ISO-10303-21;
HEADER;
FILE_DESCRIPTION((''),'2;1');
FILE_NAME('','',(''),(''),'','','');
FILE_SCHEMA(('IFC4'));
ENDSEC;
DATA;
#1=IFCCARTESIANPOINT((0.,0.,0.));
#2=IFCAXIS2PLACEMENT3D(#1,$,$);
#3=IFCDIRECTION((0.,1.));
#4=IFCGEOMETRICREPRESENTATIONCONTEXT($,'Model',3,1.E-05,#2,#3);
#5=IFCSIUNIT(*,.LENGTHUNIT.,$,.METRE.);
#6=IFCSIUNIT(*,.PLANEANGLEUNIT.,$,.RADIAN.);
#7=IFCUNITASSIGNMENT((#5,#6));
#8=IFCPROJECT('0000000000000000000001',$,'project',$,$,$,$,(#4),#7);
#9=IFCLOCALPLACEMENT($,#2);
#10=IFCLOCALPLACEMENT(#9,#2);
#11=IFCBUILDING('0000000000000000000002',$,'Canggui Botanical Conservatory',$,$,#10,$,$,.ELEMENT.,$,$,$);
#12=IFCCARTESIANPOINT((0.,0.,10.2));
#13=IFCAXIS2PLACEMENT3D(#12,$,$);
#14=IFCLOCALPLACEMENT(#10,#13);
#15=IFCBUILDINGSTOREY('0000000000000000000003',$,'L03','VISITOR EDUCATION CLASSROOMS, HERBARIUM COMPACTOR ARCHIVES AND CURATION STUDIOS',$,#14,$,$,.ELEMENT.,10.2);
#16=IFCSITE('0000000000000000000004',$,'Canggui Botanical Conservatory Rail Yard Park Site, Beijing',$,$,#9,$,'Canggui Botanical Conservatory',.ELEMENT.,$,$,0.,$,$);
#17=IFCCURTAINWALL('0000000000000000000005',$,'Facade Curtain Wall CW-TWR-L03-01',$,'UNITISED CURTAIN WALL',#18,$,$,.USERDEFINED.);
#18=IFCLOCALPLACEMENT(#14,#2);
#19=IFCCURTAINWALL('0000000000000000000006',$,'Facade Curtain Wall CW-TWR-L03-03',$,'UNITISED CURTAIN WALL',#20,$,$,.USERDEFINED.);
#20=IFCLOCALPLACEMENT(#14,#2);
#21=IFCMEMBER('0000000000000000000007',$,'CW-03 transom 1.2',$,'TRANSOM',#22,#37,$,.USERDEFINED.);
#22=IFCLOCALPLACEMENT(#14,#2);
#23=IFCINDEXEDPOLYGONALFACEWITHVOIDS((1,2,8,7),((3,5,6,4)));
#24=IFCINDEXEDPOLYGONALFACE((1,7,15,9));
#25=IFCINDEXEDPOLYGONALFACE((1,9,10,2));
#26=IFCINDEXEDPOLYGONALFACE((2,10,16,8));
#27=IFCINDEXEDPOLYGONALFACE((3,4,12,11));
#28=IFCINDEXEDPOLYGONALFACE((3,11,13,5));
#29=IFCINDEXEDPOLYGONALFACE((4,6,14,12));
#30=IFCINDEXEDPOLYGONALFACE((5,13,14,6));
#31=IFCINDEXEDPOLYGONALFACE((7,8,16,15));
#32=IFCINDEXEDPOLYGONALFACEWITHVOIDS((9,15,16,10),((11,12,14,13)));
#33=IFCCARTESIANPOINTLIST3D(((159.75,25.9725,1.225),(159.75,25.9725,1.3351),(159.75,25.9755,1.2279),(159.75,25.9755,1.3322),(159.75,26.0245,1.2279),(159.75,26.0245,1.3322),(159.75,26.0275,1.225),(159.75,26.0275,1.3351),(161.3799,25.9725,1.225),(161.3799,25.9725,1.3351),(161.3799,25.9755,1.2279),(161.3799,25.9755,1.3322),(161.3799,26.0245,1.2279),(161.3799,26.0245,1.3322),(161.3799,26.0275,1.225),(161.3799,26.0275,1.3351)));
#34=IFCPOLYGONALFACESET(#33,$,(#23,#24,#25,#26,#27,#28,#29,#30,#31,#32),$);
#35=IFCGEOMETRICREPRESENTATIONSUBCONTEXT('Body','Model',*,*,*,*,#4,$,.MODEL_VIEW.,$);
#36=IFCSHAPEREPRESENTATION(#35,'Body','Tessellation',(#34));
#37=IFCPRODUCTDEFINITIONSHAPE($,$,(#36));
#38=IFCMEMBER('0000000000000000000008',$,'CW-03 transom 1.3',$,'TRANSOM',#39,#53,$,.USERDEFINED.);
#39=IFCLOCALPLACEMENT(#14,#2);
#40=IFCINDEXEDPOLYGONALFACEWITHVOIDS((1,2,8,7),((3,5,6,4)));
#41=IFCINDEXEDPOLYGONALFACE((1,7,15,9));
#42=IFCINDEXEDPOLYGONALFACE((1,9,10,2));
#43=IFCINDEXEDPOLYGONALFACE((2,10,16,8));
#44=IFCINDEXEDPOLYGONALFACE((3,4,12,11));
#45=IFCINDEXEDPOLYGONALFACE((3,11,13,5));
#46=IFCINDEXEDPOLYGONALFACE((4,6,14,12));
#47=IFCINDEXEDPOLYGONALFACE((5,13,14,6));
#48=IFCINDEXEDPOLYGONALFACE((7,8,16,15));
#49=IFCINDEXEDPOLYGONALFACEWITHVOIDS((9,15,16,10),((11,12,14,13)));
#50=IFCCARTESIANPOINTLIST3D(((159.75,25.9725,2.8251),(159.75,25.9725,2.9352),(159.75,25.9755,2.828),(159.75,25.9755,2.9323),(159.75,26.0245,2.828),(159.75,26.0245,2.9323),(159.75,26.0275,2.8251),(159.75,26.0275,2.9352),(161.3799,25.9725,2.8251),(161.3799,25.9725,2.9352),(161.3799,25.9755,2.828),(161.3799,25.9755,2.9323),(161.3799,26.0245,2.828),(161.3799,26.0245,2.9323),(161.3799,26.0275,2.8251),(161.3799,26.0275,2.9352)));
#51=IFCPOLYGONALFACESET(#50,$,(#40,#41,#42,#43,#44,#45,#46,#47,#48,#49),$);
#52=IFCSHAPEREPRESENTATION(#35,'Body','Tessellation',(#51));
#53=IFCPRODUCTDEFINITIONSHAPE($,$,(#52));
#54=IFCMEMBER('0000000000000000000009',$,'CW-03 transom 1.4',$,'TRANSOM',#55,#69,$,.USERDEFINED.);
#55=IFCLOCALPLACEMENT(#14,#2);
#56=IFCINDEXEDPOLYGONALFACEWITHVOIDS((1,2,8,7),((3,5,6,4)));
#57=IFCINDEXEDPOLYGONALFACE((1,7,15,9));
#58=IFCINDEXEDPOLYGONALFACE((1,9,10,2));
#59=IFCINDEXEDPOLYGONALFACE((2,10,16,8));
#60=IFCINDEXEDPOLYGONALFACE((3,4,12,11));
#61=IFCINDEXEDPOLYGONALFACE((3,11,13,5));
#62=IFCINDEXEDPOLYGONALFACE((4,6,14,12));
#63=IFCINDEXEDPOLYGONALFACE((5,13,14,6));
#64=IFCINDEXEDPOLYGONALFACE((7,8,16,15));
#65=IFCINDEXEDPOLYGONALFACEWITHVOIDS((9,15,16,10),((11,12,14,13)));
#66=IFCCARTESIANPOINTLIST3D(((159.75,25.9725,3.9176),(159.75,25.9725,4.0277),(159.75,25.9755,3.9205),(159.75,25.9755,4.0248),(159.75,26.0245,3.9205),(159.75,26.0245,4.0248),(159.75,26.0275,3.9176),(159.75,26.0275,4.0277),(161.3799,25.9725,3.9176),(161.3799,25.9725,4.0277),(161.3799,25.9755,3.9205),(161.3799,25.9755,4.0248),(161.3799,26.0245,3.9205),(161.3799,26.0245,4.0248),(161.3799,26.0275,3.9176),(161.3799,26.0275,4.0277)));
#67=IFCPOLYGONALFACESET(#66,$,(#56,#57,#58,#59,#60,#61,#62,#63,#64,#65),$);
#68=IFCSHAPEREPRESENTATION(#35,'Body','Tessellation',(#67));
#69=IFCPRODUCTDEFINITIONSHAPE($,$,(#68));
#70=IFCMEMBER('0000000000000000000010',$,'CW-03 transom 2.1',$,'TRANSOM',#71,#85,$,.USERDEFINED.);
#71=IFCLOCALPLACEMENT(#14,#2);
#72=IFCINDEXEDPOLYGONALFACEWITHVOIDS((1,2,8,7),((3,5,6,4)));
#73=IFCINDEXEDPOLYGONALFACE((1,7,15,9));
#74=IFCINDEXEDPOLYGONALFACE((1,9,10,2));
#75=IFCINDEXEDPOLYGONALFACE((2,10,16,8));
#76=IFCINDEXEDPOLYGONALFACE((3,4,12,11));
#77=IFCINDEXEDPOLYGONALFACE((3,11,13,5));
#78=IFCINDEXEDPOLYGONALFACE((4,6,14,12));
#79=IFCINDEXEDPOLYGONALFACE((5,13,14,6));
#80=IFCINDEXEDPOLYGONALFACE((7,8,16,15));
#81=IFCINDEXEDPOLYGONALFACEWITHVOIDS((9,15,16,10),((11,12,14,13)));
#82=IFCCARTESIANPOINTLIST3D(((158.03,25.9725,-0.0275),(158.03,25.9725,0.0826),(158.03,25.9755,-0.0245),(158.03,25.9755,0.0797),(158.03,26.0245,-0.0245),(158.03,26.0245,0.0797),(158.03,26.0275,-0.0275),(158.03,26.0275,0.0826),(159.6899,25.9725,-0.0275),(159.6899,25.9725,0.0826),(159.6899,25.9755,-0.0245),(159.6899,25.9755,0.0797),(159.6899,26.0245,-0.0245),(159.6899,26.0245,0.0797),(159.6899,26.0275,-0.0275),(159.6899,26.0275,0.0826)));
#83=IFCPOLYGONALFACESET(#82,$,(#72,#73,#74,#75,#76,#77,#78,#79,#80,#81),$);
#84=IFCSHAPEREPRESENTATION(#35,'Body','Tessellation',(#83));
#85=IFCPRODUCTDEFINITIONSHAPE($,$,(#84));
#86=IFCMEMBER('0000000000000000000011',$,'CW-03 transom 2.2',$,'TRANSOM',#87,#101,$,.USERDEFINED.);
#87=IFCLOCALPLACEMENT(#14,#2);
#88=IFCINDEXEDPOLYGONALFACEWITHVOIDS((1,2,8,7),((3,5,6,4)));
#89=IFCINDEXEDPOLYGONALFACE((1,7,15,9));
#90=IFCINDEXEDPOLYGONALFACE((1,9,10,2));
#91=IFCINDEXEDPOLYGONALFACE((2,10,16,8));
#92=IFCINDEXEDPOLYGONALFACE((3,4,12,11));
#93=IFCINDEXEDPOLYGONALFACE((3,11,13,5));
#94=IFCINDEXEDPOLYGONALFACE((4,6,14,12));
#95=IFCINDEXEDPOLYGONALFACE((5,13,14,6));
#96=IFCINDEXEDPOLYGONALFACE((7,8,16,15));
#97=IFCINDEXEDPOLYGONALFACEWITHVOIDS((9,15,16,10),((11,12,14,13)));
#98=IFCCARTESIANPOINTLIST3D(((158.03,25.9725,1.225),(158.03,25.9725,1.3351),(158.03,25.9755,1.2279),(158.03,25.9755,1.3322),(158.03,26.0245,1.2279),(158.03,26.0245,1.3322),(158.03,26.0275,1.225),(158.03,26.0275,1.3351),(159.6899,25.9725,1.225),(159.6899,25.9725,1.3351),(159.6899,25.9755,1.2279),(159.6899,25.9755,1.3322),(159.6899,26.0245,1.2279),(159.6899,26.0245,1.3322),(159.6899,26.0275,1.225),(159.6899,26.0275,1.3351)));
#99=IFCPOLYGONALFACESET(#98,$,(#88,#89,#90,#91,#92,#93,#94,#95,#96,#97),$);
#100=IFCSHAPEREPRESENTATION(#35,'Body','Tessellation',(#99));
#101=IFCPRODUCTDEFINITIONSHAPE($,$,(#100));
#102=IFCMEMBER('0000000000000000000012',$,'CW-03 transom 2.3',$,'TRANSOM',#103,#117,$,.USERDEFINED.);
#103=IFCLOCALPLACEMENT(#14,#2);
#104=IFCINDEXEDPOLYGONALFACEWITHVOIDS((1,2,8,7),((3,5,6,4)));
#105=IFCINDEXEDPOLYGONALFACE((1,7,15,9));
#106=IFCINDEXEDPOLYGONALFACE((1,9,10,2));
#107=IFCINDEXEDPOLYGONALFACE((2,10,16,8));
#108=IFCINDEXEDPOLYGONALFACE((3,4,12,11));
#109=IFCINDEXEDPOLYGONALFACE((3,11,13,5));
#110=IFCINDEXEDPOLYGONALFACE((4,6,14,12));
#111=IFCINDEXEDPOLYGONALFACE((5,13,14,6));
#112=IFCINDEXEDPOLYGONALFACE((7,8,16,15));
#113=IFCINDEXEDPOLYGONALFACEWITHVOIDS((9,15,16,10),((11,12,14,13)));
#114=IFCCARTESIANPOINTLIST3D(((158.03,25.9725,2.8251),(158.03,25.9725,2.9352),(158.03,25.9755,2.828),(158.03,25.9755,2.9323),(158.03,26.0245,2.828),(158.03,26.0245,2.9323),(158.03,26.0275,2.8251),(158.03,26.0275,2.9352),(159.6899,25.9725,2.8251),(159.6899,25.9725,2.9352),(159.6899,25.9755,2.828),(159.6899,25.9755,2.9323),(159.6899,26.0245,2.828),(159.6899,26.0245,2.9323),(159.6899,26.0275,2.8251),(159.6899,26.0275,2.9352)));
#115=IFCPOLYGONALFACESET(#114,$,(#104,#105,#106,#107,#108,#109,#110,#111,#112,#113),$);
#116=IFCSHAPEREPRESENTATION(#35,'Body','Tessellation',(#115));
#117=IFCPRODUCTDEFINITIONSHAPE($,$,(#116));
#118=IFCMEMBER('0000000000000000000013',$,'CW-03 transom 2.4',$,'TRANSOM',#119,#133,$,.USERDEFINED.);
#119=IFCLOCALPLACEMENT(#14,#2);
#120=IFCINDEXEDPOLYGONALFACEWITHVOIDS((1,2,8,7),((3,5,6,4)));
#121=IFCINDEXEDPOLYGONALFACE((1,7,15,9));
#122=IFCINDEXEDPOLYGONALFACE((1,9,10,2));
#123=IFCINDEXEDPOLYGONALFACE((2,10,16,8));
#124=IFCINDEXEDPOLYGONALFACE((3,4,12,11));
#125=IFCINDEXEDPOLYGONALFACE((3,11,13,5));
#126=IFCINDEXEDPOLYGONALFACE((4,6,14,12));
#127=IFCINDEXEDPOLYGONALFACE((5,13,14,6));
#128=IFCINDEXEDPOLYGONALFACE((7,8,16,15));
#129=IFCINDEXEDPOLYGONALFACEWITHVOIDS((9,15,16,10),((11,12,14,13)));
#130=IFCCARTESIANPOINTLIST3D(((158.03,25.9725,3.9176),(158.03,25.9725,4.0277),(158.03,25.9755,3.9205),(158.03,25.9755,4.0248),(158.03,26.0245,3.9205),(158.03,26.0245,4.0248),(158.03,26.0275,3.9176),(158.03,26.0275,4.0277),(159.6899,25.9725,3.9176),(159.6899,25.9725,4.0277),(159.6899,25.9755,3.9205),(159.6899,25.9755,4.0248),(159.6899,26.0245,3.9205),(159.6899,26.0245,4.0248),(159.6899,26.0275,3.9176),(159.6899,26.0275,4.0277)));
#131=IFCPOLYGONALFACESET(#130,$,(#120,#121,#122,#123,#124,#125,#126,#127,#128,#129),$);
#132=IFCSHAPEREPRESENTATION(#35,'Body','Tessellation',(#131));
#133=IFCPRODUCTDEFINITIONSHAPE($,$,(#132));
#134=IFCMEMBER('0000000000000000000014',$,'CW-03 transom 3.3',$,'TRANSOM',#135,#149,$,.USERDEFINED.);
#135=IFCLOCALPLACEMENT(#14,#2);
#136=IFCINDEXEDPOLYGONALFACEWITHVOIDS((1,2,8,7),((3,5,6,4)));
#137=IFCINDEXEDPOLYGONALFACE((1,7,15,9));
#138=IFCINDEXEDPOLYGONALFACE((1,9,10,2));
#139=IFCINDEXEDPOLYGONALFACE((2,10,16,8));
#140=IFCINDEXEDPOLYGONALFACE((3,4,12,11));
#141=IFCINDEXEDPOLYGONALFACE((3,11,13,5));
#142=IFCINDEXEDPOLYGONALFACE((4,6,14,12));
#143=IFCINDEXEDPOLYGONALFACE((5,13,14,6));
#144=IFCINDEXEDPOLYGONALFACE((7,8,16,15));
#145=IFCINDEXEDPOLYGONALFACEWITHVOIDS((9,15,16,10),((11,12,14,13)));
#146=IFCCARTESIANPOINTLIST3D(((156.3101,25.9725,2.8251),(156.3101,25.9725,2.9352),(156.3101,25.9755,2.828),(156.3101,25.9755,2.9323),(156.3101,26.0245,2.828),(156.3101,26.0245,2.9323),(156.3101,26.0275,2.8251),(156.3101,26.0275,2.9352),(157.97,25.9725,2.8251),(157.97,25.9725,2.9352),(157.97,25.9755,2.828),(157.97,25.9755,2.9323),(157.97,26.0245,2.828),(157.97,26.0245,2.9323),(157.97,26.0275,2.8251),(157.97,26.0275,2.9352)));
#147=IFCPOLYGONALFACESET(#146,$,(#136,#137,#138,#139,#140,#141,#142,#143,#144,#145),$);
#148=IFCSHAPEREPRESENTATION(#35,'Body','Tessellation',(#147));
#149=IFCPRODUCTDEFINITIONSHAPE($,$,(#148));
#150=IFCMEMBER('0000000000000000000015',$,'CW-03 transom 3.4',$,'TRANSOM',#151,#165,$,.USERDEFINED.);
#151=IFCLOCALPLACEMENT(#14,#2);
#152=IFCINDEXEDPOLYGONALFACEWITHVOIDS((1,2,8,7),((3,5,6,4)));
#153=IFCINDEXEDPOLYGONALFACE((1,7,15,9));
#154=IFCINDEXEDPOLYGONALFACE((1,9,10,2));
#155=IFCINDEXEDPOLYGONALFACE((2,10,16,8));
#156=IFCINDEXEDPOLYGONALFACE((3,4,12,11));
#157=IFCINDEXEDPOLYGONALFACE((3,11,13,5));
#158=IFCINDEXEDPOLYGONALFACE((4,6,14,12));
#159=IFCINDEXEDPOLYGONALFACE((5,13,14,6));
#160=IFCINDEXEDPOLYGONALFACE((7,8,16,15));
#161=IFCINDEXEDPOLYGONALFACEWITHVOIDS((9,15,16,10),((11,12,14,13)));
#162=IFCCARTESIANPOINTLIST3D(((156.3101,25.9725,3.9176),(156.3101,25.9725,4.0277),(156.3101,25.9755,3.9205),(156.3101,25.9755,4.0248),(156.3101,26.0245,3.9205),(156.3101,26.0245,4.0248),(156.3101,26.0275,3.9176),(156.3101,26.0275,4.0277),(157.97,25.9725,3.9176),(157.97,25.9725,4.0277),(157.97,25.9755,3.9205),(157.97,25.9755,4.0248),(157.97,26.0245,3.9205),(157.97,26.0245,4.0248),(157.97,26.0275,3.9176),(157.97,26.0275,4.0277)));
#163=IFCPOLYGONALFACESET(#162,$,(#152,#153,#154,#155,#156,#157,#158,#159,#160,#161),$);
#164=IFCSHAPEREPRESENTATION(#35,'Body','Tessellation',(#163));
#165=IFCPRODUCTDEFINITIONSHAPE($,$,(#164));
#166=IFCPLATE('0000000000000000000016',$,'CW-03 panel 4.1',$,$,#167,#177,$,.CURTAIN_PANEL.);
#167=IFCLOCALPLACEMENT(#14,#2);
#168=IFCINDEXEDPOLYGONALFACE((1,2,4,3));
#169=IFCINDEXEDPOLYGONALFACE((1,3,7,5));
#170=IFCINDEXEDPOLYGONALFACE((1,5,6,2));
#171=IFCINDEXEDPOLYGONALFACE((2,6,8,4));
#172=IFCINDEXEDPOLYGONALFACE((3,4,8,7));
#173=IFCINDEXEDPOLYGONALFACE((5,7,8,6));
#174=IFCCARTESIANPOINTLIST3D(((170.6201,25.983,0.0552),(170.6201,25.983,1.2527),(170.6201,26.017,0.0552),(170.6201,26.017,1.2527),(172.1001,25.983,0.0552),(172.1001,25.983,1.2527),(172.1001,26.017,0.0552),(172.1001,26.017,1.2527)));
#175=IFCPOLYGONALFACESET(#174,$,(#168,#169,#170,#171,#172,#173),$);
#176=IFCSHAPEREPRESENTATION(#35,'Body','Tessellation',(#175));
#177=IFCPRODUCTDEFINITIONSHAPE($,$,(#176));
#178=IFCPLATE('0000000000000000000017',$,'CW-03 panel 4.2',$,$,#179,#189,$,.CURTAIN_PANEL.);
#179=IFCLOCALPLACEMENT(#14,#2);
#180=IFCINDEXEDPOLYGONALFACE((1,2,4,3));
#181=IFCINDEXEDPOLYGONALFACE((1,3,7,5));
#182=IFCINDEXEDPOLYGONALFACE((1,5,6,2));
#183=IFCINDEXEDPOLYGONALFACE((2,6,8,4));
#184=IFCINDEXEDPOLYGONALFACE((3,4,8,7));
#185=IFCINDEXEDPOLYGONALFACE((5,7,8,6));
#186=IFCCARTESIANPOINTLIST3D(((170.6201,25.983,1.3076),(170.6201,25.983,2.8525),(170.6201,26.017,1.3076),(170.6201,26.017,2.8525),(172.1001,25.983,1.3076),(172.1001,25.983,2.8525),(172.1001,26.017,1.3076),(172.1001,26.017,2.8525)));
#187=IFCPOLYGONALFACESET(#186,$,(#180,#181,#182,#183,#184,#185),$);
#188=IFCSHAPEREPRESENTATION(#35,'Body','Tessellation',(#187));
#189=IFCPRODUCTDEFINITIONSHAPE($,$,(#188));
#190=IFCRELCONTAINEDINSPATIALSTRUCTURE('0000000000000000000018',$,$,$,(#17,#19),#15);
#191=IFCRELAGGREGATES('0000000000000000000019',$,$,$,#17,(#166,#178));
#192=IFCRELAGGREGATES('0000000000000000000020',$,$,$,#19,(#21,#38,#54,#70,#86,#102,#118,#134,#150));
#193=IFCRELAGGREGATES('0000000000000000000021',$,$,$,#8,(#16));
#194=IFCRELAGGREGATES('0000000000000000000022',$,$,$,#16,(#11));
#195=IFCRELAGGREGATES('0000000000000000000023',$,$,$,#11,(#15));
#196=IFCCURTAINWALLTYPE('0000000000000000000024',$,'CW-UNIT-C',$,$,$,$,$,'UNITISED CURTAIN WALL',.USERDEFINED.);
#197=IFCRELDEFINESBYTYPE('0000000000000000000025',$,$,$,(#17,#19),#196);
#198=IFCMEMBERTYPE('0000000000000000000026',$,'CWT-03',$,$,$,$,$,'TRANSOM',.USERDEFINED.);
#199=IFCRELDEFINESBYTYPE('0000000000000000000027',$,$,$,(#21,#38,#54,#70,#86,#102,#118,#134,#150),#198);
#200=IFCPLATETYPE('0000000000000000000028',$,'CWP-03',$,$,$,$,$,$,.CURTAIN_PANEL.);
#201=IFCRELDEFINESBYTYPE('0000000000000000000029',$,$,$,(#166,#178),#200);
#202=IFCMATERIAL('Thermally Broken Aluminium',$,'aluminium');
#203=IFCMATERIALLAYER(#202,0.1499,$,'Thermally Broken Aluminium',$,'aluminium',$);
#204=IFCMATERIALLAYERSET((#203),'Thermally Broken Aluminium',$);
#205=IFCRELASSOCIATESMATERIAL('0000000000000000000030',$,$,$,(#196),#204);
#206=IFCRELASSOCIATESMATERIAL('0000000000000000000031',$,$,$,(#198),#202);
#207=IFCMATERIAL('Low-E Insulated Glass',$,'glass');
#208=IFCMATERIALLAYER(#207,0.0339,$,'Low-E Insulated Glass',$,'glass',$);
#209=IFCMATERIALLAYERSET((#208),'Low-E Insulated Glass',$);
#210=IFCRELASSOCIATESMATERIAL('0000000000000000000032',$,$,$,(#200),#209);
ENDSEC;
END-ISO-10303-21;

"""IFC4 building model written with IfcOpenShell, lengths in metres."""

from ifc_helpers import new_model, si_unit, direction, frame, origin, origin_2d, place, context, subcontext, project, spatial, rectangle, hollow_rectangle, extrude, material, layer, layer_set, material_profile, profile_set, type_object, element, aggregate, save


model = new_model("IFC4")

# Units and contexts
model_context = context("Model", 3, precision=1e-05, world=origin(), true_north=direction((0.0, 1.0)))
body_context = subcontext(model_context, "Body", "Model", "MODEL_VIEW")
ifc_project = project(units=[si_unit("LENGTHUNIT", "METRE"), si_unit("PLANEANGLEUNIT", "RADIAN")], contexts=[model_context])

# Site, building, storey
site_placement = place(None, origin())
site = spatial("IfcSite", under=ifc_project, at=site_placement, Name="Canggui Botanical Conservatory Rail Yard Park Site, Beijing", LongName="Canggui Botanical Conservatory", CompositionType="ELEMENT", RefElevation=0.0)
building_placement = place(site_placement, origin())
building = spatial("IfcBuilding", under=site, at=building_placement, Name="Canggui Botanical Conservatory", CompositionType="ELEMENT")
storey_placement = place(building_placement, frame((0.0, 0.0, 10.2)))
storey = spatial("IfcBuildingStorey", under=building, at=storey_placement, Name="L03", Description="VISITOR EDUCATION CLASSROOMS, HERBARIUM COMPACTOR ARCHIVES AND CURATION STUDIOS", CompositionType="ELEMENT", Elevation=10.2)

# Curtain wall
ifc_material_1 = material(Name="Thermally Broken Aluminium", Category="aluminium")
ifc_layer_1 = layer(ifc_material_1, 0.1499, Name="Thermally Broken Aluminium", Category="aluminium")
ifc_layer_set_1 = layer_set([ifc_layer_1], Name="Thermally Broken Aluminium")
curtain_wall_type = type_object("IfcCurtainWallType", Name="CW-UNIT-C", ElementType="UNITISED CURTAIN WALL", PredefinedType="USERDEFINED", material=ifc_layer_set_1)
curtain_wall_1_placement = place(storey_placement, origin())
curtain_wall_1 = element("IfcCurtainWall", 1, at=curtain_wall_1_placement, inside=storey, type_object=curtain_wall_type, Name="Facade Curtain Wall CW-TWR-L03-01", ObjectType="UNITISED CURTAIN WALL", PredefinedType="USERDEFINED")

# Curtain wall, members
curtain_wall_2_placement = place(storey_placement, origin())
curtain_wall_2 = element("IfcCurtainWall", 2, at=curtain_wall_2_placement, inside=storey, type_object=curtain_wall_type, Name="Facade Curtain Wall CW-TWR-L03-03", ObjectType="UNITISED CURTAIN WALL", PredefinedType="USERDEFINED")
ifc_material_profile_1 = material_profile(ifc_material_1, hollow_rectangle(XDim=0.0549, YDim=0.1101, WallThickness=0.0029, at=origin_2d()), Name="CWT 55x110x3")
ifc_profile_set_1 = profile_set([ifc_material_profile_1], Name="Thermally Broken Aluminium")
member_type_1 = type_object("IfcMemberType", Name="CWT-03", ElementType="TRANSOM", PredefinedType="USERDEFINED", material=ifc_profile_set_1)
member_1_placement = place(storey_placement, frame((161.3799, 26.0, 1.28), z_axis=(-1.0, 0.0, 0.0), x_axis=(0.0, -1.0, 0.0)))
member_1 = element("IfcMember", 3, at=member_1_placement, type_object=member_type_1, Name="CW-03 transom 1.2", ObjectType="TRANSOM", PredefinedType="USERDEFINED", context=body_context, shape_type="SweptSolid", body=[
    extrude(hollow_rectangle(XDim=0.0549, YDim=0.1101, WallThickness=0.0029, at=origin_2d()), origin(), (0.0, 0.0, 1.0), 1.6299),
])
member_2_placement = place(storey_placement, frame((161.3799, 26.0, 2.8801), z_axis=(-1.0, 0.0, 0.0), x_axis=(0.0, -1.0, 0.0)))
member_2 = element("IfcMember", 4, at=member_2_placement, type_object=member_type_1, Name="CW-03 transom 1.3", ObjectType="TRANSOM", PredefinedType="USERDEFINED", context=body_context, shape_type="SweptSolid", body=[
    extrude(hollow_rectangle(XDim=0.0549, YDim=0.1101, WallThickness=0.0029, at=origin_2d()), origin(), (0.0, 0.0, 1.0), 1.6299),
])
member_3_placement = place(storey_placement, frame((161.3799, 26.0, 3.9727), z_axis=(-1.0, 0.0, 0.0), x_axis=(0.0, -1.0, 0.0)))
member_3 = element("IfcMember", 5, at=member_3_placement, type_object=member_type_1, Name="CW-03 transom 1.4", ObjectType="TRANSOM", PredefinedType="USERDEFINED", context=body_context, shape_type="SweptSolid", body=[
    extrude(hollow_rectangle(XDim=0.0549, YDim=0.1101, WallThickness=0.0029, at=origin_2d()), origin(), (0.0, 0.0, 1.0), 1.6299),
])
member_4_placement = place(storey_placement, frame((159.6899, 26.0, 0.0276), z_axis=(-1.0, 0.0, 0.0), x_axis=(0.0, -1.0, 0.0)))
member_4 = element("IfcMember", 6, at=member_4_placement, type_object=member_type_1, Name="CW-03 transom 2.1", ObjectType="TRANSOM", PredefinedType="USERDEFINED", context=body_context, shape_type="SweptSolid", body=[
    extrude(hollow_rectangle(XDim=0.0549, YDim=0.1101, WallThickness=0.0029, at=origin_2d()), origin(), (0.0, 0.0, 1.0), 1.6599),
])
member_5_placement = place(storey_placement, frame((159.6899, 26.0, 1.28), z_axis=(-1.0, 0.0, 0.0), x_axis=(0.0, -1.0, 0.0)))
member_5 = element("IfcMember", 7, at=member_5_placement, type_object=member_type_1, Name="CW-03 transom 2.2", ObjectType="TRANSOM", PredefinedType="USERDEFINED", context=body_context, shape_type="SweptSolid", body=[
    extrude(hollow_rectangle(XDim=0.0549, YDim=0.1101, WallThickness=0.0029, at=origin_2d()), origin(), (0.0, 0.0, 1.0), 1.6599),
])
member_6_placement = place(storey_placement, frame((159.6899, 26.0, 2.8801), z_axis=(-1.0, 0.0, 0.0), x_axis=(0.0, -1.0, 0.0)))
member_6 = element("IfcMember", 8, at=member_6_placement, type_object=member_type_1, Name="CW-03 transom 2.3", ObjectType="TRANSOM", PredefinedType="USERDEFINED", context=body_context, shape_type="SweptSolid", body=[
    extrude(hollow_rectangle(XDim=0.0549, YDim=0.1101, WallThickness=0.0029, at=origin_2d()), origin(), (0.0, 0.0, 1.0), 1.6599),
])
member_7_placement = place(storey_placement, frame((159.6899, 26.0, 3.9727), z_axis=(-1.0, 0.0, 0.0), x_axis=(0.0, -1.0, 0.0)))
member_7 = element("IfcMember", 9, at=member_7_placement, type_object=member_type_1, Name="CW-03 transom 2.4", ObjectType="TRANSOM", PredefinedType="USERDEFINED", context=body_context, shape_type="SweptSolid", body=[
    extrude(hollow_rectangle(XDim=0.0549, YDim=0.1101, WallThickness=0.0029, at=origin_2d()), origin(), (0.0, 0.0, 1.0), 1.6599),
])
member_8_placement = place(storey_placement, frame((157.97, 26.0, 2.8801), z_axis=(-1.0, 0.0, 0.0), x_axis=(0.0, -1.0, 0.0)))
member_8 = element("IfcMember", 10, at=member_8_placement, type_object=member_type_1, Name="CW-03 transom 3.3", ObjectType="TRANSOM", PredefinedType="USERDEFINED", context=body_context, shape_type="SweptSolid", body=[
    extrude(hollow_rectangle(XDim=0.0549, YDim=0.1101, WallThickness=0.0029, at=origin_2d()), origin(), (0.0, 0.0, 1.0), 1.6599),
])
member_9_placement = place(storey_placement, frame((157.97, 26.0, 3.9727), z_axis=(-1.0, 0.0, 0.0), x_axis=(0.0, -1.0, 0.0)))
member_9 = element("IfcMember", 11, at=member_9_placement, type_object=member_type_1, Name="CW-03 transom 3.4", ObjectType="TRANSOM", PredefinedType="USERDEFINED", context=body_context, shape_type="SweptSolid", body=[
    extrude(hollow_rectangle(XDim=0.0549, YDim=0.1101, WallThickness=0.0029, at=origin_2d()), origin(), (0.0, 0.0, 1.0), 1.6599),
])

# Plates
ifc_material_2 = material(Name="Low-E Insulated Glass", Category="glass")
ifc_layer_2 = layer(ifc_material_2, 0.0339, Name="Low-E Insulated Glass", Category="glass")
ifc_layer_set_2 = layer_set([ifc_layer_2], Name="Low-E Insulated Glass")
plate_type = type_object("IfcPlateType", Name="CWP-03", PredefinedType="CURTAIN_PANEL", material=ifc_layer_set_2)
plate_1_placement = place(storey_placement, frame((171.3601, 26.0, 0.0552), z_axis=(0.0, 0.0, 1.0), x_axis=(-1.0, 0.0, 0.0)))
plate_1 = element("IfcPlate", 12, at=plate_1_placement, type_object=plate_type, Name="CW-03 panel 4.1", PredefinedType="CURTAIN_PANEL", context=body_context, shape_type="SweptSolid", body=[
    extrude(rectangle(XDim=1.48, YDim=0.0339, at=origin_2d()), origin(), (0.0, 0.0, 1.0), 1.1975),
])
plate_2_placement = place(storey_placement, frame((171.3601, 26.0, 1.3076), z_axis=(0.0, 0.0, 1.0), x_axis=(-1.0, 0.0, 0.0)))
plate_2 = element("IfcPlate", 13, at=plate_2_placement, type_object=plate_type, Name="CW-03 panel 4.2", PredefinedType="CURTAIN_PANEL", context=body_context, shape_type="SweptSolid", body=[
    extrude(rectangle(XDim=1.48, YDim=0.0339, at=origin_2d()), origin(), (0.0, 0.0, 1.0), 1.5449),
])
aggregate(curtain_wall_1, [plate_1, plate_2])
aggregate(curtain_wall_2, [member_1, member_2, member_3, member_4, member_5, member_6, member_7, member_8, member_9])

save(model, "model.ifc")
